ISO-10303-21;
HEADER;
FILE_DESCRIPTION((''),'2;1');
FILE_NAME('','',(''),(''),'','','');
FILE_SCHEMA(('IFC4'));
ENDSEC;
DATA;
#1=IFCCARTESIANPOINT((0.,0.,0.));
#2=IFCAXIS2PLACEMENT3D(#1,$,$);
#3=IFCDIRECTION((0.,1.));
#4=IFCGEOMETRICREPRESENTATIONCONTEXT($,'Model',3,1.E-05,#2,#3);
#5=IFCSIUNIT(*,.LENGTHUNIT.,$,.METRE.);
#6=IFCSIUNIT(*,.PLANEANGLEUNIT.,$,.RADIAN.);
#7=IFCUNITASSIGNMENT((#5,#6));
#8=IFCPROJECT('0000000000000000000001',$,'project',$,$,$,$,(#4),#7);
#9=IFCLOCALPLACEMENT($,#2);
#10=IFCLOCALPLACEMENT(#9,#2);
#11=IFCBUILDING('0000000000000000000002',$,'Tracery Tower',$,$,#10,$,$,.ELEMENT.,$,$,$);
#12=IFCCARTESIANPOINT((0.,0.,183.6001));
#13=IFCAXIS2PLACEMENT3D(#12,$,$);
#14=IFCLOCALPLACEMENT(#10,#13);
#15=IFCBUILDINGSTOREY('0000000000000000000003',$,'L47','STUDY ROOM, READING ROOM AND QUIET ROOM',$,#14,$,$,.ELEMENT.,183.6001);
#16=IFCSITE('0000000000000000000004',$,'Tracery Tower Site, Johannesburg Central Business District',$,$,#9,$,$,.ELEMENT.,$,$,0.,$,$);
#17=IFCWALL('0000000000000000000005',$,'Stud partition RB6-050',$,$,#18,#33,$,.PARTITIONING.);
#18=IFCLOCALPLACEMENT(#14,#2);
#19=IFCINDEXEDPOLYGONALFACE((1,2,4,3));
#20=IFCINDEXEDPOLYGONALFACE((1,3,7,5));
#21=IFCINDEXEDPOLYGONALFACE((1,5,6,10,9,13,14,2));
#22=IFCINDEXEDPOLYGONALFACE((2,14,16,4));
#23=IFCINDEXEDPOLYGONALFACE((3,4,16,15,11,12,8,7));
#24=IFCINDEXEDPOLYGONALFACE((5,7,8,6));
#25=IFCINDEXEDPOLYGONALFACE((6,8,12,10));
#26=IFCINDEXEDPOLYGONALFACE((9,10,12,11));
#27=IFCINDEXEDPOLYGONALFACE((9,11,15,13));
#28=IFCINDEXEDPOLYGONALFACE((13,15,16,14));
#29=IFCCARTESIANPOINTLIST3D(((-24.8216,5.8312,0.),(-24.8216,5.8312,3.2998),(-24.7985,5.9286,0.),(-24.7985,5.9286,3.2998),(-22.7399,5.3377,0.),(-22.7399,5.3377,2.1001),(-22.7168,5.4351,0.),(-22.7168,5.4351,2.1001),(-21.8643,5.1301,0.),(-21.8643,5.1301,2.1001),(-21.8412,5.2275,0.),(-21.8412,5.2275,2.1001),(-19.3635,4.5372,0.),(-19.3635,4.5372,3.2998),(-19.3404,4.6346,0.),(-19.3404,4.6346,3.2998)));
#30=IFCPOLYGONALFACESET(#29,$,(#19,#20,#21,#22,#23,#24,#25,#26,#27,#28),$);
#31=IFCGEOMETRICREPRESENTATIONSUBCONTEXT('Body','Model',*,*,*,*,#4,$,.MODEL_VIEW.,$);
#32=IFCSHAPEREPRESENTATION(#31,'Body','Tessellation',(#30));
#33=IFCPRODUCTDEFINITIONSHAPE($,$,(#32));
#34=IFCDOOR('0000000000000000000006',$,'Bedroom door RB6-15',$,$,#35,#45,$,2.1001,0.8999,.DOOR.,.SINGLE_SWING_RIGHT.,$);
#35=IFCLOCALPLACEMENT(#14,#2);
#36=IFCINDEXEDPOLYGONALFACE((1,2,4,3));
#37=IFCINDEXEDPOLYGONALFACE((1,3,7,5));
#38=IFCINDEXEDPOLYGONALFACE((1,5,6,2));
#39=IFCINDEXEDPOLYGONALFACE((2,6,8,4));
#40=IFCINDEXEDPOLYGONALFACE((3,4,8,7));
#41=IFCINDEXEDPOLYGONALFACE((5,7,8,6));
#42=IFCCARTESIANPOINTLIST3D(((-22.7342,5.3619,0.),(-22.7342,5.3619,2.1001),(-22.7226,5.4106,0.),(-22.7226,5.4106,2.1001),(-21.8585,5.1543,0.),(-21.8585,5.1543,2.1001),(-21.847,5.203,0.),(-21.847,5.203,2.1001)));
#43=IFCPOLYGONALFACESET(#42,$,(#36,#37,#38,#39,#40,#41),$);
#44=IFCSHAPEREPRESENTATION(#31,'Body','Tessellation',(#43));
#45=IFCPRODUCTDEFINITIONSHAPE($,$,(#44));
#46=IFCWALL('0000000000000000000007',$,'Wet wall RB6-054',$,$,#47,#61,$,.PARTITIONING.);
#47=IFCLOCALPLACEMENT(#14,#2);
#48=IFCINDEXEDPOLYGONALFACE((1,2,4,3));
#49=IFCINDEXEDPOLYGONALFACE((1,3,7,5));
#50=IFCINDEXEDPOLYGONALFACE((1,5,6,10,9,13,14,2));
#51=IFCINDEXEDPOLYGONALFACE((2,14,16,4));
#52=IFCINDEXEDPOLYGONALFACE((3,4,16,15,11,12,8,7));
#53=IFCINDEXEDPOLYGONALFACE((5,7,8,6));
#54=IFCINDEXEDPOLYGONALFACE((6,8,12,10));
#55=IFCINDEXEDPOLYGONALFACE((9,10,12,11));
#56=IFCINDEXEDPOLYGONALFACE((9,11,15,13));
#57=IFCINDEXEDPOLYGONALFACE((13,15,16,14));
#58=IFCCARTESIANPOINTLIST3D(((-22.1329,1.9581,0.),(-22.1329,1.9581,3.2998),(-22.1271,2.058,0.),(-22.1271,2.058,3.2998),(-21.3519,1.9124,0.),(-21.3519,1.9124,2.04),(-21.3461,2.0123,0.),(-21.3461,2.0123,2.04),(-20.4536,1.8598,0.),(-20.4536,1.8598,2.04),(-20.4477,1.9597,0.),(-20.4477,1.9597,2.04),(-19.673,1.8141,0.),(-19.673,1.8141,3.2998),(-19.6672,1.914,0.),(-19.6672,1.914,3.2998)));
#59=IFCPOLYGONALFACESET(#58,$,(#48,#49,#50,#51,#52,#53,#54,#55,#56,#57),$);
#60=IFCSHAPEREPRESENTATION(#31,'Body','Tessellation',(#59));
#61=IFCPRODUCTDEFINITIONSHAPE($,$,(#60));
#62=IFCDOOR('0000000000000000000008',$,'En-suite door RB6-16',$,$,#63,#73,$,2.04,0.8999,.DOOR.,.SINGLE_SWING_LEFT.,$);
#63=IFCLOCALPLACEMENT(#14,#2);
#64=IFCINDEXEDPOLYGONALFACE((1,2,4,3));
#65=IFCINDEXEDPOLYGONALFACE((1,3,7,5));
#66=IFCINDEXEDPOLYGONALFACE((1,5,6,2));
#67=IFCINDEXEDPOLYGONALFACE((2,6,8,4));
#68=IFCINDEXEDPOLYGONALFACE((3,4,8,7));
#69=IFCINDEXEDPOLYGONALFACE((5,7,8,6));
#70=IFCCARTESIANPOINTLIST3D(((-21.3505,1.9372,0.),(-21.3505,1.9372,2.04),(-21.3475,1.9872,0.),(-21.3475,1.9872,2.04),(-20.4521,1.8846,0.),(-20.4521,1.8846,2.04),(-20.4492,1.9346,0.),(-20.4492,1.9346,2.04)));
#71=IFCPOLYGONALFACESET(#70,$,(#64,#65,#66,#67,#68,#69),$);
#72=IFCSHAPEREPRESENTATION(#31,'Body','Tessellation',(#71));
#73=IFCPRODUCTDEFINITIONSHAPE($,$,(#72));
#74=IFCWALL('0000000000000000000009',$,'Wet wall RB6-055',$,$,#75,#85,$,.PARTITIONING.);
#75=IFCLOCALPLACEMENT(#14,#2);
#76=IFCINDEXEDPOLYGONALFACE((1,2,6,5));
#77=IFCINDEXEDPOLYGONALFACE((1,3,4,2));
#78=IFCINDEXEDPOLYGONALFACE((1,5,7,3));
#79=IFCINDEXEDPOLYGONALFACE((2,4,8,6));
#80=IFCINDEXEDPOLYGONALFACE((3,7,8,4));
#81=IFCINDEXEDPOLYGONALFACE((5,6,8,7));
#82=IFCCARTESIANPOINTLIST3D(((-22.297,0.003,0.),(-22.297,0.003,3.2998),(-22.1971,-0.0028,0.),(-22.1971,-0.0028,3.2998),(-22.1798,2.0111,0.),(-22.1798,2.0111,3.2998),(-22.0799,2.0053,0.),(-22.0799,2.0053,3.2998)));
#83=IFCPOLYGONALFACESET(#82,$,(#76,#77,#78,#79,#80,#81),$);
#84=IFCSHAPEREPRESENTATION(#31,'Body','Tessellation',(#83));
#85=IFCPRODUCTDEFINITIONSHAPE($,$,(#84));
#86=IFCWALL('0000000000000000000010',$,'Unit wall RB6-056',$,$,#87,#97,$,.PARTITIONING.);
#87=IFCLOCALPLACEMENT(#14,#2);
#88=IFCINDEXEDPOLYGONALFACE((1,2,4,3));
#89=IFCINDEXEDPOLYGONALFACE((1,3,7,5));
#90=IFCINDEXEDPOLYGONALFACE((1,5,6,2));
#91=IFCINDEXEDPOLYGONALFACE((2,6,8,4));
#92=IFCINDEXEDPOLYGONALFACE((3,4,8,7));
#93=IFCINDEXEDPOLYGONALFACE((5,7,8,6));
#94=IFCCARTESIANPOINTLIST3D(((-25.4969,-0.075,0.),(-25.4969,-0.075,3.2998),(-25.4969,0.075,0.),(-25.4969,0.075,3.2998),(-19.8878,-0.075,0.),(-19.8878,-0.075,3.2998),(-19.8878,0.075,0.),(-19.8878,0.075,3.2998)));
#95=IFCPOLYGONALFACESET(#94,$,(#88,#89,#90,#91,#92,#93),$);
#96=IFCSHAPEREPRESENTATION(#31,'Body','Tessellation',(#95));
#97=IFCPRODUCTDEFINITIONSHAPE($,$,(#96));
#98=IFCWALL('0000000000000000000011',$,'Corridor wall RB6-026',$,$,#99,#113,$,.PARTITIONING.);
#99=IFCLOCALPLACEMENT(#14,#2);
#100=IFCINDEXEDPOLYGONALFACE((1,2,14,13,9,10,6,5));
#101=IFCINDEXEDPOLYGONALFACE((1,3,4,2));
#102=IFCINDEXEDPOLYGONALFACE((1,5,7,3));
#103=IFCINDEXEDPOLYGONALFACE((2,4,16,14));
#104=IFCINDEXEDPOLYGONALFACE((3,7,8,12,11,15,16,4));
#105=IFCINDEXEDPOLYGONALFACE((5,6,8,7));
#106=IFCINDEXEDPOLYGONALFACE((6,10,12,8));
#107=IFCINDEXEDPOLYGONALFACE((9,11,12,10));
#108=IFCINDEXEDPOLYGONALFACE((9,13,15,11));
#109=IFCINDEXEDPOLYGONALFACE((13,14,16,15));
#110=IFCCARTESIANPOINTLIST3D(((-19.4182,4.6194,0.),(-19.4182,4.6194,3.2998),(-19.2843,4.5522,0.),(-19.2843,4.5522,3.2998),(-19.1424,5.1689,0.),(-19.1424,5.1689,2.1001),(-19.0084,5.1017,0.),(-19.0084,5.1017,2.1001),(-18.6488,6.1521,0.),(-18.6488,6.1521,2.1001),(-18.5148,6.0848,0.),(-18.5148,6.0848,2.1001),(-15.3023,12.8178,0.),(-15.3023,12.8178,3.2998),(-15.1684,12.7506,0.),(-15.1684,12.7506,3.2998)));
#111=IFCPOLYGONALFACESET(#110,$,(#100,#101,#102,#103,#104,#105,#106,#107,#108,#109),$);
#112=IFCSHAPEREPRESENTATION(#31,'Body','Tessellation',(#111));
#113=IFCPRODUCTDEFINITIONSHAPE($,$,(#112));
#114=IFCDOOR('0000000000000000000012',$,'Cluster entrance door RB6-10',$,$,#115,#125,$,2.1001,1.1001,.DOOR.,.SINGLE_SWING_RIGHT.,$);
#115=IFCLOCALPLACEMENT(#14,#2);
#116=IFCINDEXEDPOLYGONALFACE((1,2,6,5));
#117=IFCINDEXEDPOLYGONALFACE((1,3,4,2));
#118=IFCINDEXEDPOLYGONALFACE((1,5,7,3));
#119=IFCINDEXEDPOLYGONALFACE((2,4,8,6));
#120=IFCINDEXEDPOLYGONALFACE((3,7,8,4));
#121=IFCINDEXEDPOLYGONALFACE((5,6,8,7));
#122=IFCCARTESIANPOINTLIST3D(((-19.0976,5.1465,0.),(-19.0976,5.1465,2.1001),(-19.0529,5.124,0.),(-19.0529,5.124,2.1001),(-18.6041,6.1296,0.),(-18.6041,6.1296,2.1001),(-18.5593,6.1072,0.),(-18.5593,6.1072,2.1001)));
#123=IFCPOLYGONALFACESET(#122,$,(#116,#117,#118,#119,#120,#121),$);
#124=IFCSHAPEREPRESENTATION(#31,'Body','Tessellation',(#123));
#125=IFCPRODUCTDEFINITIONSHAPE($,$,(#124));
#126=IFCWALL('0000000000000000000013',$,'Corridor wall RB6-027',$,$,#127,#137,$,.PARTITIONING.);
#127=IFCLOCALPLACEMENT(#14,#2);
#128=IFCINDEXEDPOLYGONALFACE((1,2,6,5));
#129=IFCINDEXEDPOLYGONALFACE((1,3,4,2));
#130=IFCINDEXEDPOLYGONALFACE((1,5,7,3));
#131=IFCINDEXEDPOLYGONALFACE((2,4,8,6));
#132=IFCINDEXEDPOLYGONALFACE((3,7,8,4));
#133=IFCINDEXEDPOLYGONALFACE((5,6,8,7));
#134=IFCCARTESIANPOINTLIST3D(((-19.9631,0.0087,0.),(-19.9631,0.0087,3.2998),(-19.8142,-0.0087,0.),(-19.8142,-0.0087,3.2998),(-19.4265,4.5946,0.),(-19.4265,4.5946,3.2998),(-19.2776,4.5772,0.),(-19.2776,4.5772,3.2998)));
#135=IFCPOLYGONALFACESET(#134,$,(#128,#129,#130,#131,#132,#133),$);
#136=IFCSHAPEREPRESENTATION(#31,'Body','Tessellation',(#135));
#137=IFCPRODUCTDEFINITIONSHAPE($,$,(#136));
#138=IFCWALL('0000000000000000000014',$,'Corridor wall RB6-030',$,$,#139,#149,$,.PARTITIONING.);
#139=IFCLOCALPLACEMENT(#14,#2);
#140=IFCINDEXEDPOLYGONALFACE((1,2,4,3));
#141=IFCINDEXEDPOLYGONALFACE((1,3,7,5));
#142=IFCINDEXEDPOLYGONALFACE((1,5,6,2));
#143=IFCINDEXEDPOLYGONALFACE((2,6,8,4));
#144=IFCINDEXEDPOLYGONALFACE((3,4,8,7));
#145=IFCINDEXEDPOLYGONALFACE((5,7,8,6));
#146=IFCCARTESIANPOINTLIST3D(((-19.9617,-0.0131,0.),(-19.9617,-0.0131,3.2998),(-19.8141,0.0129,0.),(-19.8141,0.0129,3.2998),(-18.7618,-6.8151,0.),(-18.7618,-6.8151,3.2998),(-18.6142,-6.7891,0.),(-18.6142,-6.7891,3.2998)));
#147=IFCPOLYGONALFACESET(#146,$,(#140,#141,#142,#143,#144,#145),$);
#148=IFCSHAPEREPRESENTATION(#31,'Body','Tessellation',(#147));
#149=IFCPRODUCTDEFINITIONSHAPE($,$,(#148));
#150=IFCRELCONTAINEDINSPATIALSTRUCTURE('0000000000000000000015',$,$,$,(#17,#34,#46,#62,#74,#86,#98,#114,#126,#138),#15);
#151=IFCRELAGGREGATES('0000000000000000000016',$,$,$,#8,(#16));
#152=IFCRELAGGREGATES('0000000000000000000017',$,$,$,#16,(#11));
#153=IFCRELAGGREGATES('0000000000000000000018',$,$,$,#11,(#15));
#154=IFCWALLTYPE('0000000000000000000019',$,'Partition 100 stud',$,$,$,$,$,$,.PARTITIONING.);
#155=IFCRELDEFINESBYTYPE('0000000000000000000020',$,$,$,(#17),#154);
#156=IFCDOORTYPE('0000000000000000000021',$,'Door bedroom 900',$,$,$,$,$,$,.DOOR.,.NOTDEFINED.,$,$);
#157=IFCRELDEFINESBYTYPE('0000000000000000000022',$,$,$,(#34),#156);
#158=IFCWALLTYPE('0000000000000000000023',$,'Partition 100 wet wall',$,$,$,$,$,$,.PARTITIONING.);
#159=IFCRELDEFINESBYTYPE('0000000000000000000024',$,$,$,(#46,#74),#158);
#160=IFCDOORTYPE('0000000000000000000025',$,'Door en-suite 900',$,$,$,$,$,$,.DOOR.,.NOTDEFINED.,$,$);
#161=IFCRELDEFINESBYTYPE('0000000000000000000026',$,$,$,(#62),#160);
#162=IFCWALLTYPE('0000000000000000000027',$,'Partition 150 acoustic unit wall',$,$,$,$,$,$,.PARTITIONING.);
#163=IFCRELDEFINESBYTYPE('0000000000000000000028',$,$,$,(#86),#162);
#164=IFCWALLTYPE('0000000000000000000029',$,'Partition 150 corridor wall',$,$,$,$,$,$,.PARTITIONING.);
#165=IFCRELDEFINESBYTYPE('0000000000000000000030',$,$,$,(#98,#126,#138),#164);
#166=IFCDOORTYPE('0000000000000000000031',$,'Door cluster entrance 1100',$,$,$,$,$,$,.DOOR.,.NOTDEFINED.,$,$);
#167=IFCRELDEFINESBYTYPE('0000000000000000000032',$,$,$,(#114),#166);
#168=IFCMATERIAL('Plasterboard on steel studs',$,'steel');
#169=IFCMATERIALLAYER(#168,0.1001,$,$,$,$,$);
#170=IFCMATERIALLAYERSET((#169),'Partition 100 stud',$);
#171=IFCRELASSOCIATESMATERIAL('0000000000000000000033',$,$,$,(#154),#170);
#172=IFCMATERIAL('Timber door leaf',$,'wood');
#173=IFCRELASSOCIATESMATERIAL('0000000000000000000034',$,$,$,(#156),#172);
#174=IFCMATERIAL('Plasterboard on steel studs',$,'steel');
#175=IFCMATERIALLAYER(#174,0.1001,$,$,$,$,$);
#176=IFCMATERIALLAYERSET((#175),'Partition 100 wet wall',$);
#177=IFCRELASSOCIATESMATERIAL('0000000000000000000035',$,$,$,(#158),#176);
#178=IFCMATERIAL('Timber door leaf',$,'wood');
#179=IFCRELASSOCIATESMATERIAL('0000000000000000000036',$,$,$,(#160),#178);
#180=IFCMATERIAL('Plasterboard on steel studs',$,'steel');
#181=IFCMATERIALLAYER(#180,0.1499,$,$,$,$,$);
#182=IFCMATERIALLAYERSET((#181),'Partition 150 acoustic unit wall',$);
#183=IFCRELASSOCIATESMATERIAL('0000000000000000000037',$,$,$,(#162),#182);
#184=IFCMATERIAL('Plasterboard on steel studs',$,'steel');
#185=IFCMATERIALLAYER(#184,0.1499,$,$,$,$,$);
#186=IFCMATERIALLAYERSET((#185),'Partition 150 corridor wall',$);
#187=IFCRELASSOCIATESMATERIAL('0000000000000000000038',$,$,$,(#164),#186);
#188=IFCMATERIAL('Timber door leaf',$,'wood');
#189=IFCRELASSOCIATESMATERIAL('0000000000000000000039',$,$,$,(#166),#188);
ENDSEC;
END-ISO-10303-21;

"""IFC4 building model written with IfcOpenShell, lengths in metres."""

from ifc_helpers import new_model, si_unit, direction, frame, frame_2d, origin, place, context, subcontext, project, spatial, rectangle, extrude, material, layer, layer_set, type_object, element, fill, save


model = new_model("IFC4")

# Units and contexts
model_context = context("Model", 3, precision=1e-05, world=origin(), true_north=direction((0.0, 1.0)))
body_context = subcontext(model_context, "Body", "Model", "MODEL_VIEW")
ifc_project = project(units=[si_unit("LENGTHUNIT", "METRE"), si_unit("PLANEANGLEUNIT", "RADIAN")], contexts=[model_context])

# Site, building, storey
site_placement = place(None, origin())
site = spatial("IfcSite", under=ifc_project, at=site_placement, Name="Tracery Tower Site, Johannesburg Central Business District", CompositionType="ELEMENT", RefElevation=0.0)
building_placement = place(site_placement, origin())
building = spatial("IfcBuilding", under=site, at=building_placement, Name="Tracery Tower", CompositionType="ELEMENT")
storey_placement = place(building_placement, frame((0.0, 0.0, 183.6001)))
storey = spatial("IfcBuildingStorey", under=building, at=storey_placement, Name="L47", Description="STUDY ROOM, READING ROOM AND QUIET ROOM", CompositionType="ELEMENT", Elevation=183.6001)

# Walls, openings, doors
ifc_material_1 = material(Name="Plasterboard on steel studs", Category="steel")
ifc_layer_1 = layer(ifc_material_1, 0.1001)
ifc_layer_set_1 = layer_set([ifc_layer_1], Name="Partition 100 stud")
wall_type_1 = type_object("IfcWallType", Name="Partition 100 stud", PredefinedType="PARTITIONING", material=ifc_layer_set_1)
wall_1_placement = place(storey_placement, frame((-24.8101, 5.8799, 0.0), z_axis=(0.0, 0.0, 1.0), x_axis=(0.97303, -0.230679, 0.0)))
wall_1 = element("IfcWall", 1, at=wall_1_placement, inside=storey, type_object=wall_type_1, Name="Stud partition RB6-050", PredefinedType="PARTITIONING", context=body_context, shape_type="SweptSolid", body=[
    extrude(rectangle(XDim=5.6094, YDim=0.1001, at=frame_2d((2.8047, 0.0))), origin(), (0.0, 0.0, 1.0), 3.2998),
])
opening_1_placement = place(wall_1_placement, frame((2.1394, 0.0, 0.0)))
opening_1 = element("IfcOpeningElement", 2, at=opening_1_placement, cuts=wall_1, PredefinedType="OPENING", context=body_context, shape_type="SweptSolid", body=[
    extrude(rectangle(XDim=0.8999, YDim=2.1001, at=frame_2d((0.45, 1.05))), frame((0.0, 0.05, 0.0), z_axis=(0.0, -1.0, 0.0), x_axis=(1.0, 0.0, 0.0)), (0.0, 0.0, 1.0), 0.1001),
])
ifc_material_2 = material(Name="Timber door leaf", Category="wood")
door_type_1 = type_object("IfcDoorType", Name="Door bedroom 900", OperationType="NOTDEFINED", PredefinedType="DOOR", material=ifc_material_2)
door_1_placement = place(opening_1_placement, origin())
door_1 = element("IfcDoor", 3, at=door_1_placement, inside=storey, type_object=door_type_1, Name="Bedroom door RB6-15", OperationType="SINGLE_SWING_RIGHT", OverallHeight=2.1001, OverallWidth=0.8999, PredefinedType="DOOR", context=body_context, shape_type="SweptSolid", body=[
    extrude(rectangle(XDim=0.8999, YDim=2.1001, at=frame_2d((0.45, 1.05))), frame((0.0, 0.0249, 0.0), z_axis=(0.0, -1.0, 0.0), x_axis=(1.0, 0.0, 0.0)), (0.0, 0.0, 1.0), 0.05),
])
fill(opening_1, door_1)
ifc_material_3 = material(Name="Plasterboard on steel studs", Category="steel")
ifc_layer_2 = layer(ifc_material_3, 0.1001)
ifc_layer_set_2 = layer_set([ifc_layer_2], Name="Partition 100 wet wall")
wall_type_2 = type_object("IfcWallType", Name="Partition 100 wet wall", PredefinedType="PARTITIONING", material=ifc_layer_set_2)
wall_2_placement = place(storey_placement, frame((-22.1299, 2.0081, 0.0), z_axis=(0.0, 0.0, 1.0), x_axis=(0.99829, -0.058455, 0.0)))
wall_2 = element("IfcWall", 4, at=wall_2_placement, inside=storey, type_object=wall_type_2, Name="Wet wall RB6-054", PredefinedType="PARTITIONING", context=body_context, shape_type="SweptSolid", body=[
    extrude(rectangle(XDim=2.4641, YDim=0.1001, at=frame_2d((1.2319, 0.0))), origin(), (0.0, 0.0, 1.0), 3.2998),
])
opening_2_placement = place(wall_2_placement, frame((0.7822, 0.0, 0.0)))
opening_2 = element("IfcOpeningElement", 5, at=opening_2_placement, cuts=wall_2, PredefinedType="OPENING", context=body_context, shape_type="SweptSolid", body=[
    extrude(rectangle(XDim=0.8999, YDim=2.04, at=frame_2d((0.45, 1.02))), frame((0.0, 0.05, 0.0), z_axis=(0.0, -1.0, 0.0), x_axis=(1.0, 0.0, 0.0)), (0.0, 0.0, 1.0), 0.1001),
])
ifc_material_4 = material(Name="Timber door leaf", Category="wood")
door_type_2 = type_object("IfcDoorType", Name="Door en-suite 900", OperationType="NOTDEFINED", PredefinedType="DOOR", material=ifc_material_4)
door_2_placement = place(opening_2_placement, origin())
door_2 = element("IfcDoor", 6, at=door_2_placement, inside=storey, type_object=door_type_2, Name="En-suite door RB6-16", OperationType="SINGLE_SWING_LEFT", OverallHeight=2.04, OverallWidth=0.8999, PredefinedType="DOOR", context=body_context, shape_type="SweptSolid", body=[
    extrude(rectangle(XDim=0.8999, YDim=2.04, at=frame_2d((0.45, 1.02))), frame((0.0, 0.0249, 0.0), z_axis=(0.0, -1.0, 0.0), x_axis=(1.0, 0.0, 0.0)), (0.0, 0.0, 1.0), 0.05),
])
fill(opening_2, door_2)

# Walls
wall_3_placement = place(storey_placement, frame((-22.2471, 0.0, 0.0), z_axis=(0.0, 0.0, 1.0), x_axis=(0.05826, 0.998301, 0.0)))
element("IfcWall", 7, at=wall_3_placement, inside=storey, type_object=wall_type_2, Name="Wet wall RB6-055", PredefinedType="PARTITIONING", context=body_context, shape_type="SweptSolid", body=[
    extrude(rectangle(XDim=2.0115, YDim=0.1001, at=frame_2d((1.0059, 0.0))), origin(), (0.0, 0.0, 1.0), 3.2998),
])
ifc_material_5 = material(Name="Plasterboard on steel studs", Category="steel")
ifc_layer_3 = layer(ifc_material_5, 0.1499)
ifc_layer_set_3 = layer_set([ifc_layer_3], Name="Partition 150 acoustic unit wall")
wall_type_3 = type_object("IfcWallType", Name="Partition 150 acoustic unit wall", PredefinedType="PARTITIONING", material=ifc_layer_set_3)
wall_4_placement = place(storey_placement, frame((-25.4971, 0.0, 0.0), z_axis=(0.0, 0.0, 1.0), x_axis=(1.0, 0.0, 0.0)))
element("IfcWall", 8, at=wall_4_placement, inside=storey, type_object=wall_type_3, Name="Unit wall RB6-056", PredefinedType="PARTITIONING", context=body_context, shape_type="SweptSolid", body=[
    extrude(rectangle(XDim=5.6091, YDim=0.1499, at=frame_2d((2.8047, 0.0))), origin(), (0.0, 0.0, 1.0), 3.2998),
])

# Wall, opening, door
ifc_material_6 = material(Name="Plasterboard on steel studs", Category="steel")
ifc_layer_4 = layer(ifc_material_6, 0.1499)
ifc_layer_set_4 = layer_set([ifc_layer_4], Name="Partition 150 corridor wall")
wall_type_4 = type_object("IfcWallType", Name="Partition 150 corridor wall", PredefinedType="PARTITIONING", material=ifc_layer_set_4)
wall_5_placement = place(storey_placement, frame((-19.3513, 4.5857, 0.0), z_axis=(0.0, 0.0, 1.0), x_axis=(0.448671, 0.893697, 0.0)))
wall_5 = element("IfcWall", 9, at=wall_5_placement, inside=storey, type_object=wall_type_4, Name="Corridor wall RB6-026", PredefinedType="PARTITIONING", context=body_context, shape_type="SweptSolid", body=[
    extrude(rectangle(XDim=9.1736, YDim=0.1499, at=frame_2d((4.5869, 0.0))), origin(), (0.0, 0.0, 1.0), 3.2998),
])
opening_3_placement = place(wall_5_placement, frame((0.615, 0.0, 0.0)))
opening_3 = element("IfcOpeningElement", 10, at=opening_3_placement, cuts=wall_5, PredefinedType="OPENING", context=body_context, shape_type="SweptSolid", body=[
    extrude(rectangle(XDim=1.1001, YDim=2.1001, at=frame_2d((0.55, 1.05))), frame((0.0, 0.075, 0.0), z_axis=(0.0, -1.0, 0.0), x_axis=(1.0, 0.0, 0.0)), (0.0, 0.0, 1.0), 0.1499),
])
ifc_material_7 = material(Name="Timber door leaf", Category="wood")
door_type_3 = type_object("IfcDoorType", Name="Door cluster entrance 1100", OperationType="NOTDEFINED", PredefinedType="DOOR", material=ifc_material_7)
door_3_placement = place(opening_3_placement, origin())
door_3 = element("IfcDoor", 11, at=door_3_placement, inside=storey, type_object=door_type_3, Name="Cluster entrance door RB6-10", OperationType="SINGLE_SWING_RIGHT", OverallHeight=2.1001, OverallWidth=1.1001, PredefinedType="DOOR", context=body_context, shape_type="SweptSolid", body=[
    extrude(rectangle(XDim=1.1001, YDim=2.1001, at=frame_2d((0.55, 1.05))), frame((0.0, 0.0249, 0.0), z_axis=(0.0, -1.0, 0.0), x_axis=(1.0, 0.0, 0.0)), (0.0, 0.0, 1.0), 0.05),
])
fill(opening_3, door_3)

# Walls
wall_6_placement = place(storey_placement, frame((-19.8887, 0.0, 0.0), z_axis=(0.0, 0.0, 1.0), x_axis=(0.116222, 0.993223, 0.0)))
element("IfcWall", 12, at=wall_6_placement, inside=storey, type_object=wall_type_4, Name="Corridor wall RB6-027", PredefinedType="PARTITIONING", context=body_context, shape_type="SweptSolid", body=[
    extrude(rectangle(XDim=4.6172, YDim=0.1499, at=frame_2d((2.3086, 0.0))), origin(), (0.0, 0.0, 1.0), 3.2998),
])
wall_7_placement = place(storey_placement, frame((-19.8879, 0.0, 0.0), z_axis=(0.0, 0.0, 1.0), x_axis=(0.173729, -0.984794, 0.0)))
element("IfcWall", 13, at=wall_7_placement, inside=storey, type_object=wall_type_4, Name="Corridor wall RB6-030", PredefinedType="PARTITIONING", context=body_context, shape_type="SweptSolid", body=[
    extrude(rectangle(XDim=6.907, YDim=0.1499, at=frame_2d((3.4536, 0.0))), origin(), (0.0, 0.0, 1.0), 3.2998),
])

save(model, "model.ifc")
